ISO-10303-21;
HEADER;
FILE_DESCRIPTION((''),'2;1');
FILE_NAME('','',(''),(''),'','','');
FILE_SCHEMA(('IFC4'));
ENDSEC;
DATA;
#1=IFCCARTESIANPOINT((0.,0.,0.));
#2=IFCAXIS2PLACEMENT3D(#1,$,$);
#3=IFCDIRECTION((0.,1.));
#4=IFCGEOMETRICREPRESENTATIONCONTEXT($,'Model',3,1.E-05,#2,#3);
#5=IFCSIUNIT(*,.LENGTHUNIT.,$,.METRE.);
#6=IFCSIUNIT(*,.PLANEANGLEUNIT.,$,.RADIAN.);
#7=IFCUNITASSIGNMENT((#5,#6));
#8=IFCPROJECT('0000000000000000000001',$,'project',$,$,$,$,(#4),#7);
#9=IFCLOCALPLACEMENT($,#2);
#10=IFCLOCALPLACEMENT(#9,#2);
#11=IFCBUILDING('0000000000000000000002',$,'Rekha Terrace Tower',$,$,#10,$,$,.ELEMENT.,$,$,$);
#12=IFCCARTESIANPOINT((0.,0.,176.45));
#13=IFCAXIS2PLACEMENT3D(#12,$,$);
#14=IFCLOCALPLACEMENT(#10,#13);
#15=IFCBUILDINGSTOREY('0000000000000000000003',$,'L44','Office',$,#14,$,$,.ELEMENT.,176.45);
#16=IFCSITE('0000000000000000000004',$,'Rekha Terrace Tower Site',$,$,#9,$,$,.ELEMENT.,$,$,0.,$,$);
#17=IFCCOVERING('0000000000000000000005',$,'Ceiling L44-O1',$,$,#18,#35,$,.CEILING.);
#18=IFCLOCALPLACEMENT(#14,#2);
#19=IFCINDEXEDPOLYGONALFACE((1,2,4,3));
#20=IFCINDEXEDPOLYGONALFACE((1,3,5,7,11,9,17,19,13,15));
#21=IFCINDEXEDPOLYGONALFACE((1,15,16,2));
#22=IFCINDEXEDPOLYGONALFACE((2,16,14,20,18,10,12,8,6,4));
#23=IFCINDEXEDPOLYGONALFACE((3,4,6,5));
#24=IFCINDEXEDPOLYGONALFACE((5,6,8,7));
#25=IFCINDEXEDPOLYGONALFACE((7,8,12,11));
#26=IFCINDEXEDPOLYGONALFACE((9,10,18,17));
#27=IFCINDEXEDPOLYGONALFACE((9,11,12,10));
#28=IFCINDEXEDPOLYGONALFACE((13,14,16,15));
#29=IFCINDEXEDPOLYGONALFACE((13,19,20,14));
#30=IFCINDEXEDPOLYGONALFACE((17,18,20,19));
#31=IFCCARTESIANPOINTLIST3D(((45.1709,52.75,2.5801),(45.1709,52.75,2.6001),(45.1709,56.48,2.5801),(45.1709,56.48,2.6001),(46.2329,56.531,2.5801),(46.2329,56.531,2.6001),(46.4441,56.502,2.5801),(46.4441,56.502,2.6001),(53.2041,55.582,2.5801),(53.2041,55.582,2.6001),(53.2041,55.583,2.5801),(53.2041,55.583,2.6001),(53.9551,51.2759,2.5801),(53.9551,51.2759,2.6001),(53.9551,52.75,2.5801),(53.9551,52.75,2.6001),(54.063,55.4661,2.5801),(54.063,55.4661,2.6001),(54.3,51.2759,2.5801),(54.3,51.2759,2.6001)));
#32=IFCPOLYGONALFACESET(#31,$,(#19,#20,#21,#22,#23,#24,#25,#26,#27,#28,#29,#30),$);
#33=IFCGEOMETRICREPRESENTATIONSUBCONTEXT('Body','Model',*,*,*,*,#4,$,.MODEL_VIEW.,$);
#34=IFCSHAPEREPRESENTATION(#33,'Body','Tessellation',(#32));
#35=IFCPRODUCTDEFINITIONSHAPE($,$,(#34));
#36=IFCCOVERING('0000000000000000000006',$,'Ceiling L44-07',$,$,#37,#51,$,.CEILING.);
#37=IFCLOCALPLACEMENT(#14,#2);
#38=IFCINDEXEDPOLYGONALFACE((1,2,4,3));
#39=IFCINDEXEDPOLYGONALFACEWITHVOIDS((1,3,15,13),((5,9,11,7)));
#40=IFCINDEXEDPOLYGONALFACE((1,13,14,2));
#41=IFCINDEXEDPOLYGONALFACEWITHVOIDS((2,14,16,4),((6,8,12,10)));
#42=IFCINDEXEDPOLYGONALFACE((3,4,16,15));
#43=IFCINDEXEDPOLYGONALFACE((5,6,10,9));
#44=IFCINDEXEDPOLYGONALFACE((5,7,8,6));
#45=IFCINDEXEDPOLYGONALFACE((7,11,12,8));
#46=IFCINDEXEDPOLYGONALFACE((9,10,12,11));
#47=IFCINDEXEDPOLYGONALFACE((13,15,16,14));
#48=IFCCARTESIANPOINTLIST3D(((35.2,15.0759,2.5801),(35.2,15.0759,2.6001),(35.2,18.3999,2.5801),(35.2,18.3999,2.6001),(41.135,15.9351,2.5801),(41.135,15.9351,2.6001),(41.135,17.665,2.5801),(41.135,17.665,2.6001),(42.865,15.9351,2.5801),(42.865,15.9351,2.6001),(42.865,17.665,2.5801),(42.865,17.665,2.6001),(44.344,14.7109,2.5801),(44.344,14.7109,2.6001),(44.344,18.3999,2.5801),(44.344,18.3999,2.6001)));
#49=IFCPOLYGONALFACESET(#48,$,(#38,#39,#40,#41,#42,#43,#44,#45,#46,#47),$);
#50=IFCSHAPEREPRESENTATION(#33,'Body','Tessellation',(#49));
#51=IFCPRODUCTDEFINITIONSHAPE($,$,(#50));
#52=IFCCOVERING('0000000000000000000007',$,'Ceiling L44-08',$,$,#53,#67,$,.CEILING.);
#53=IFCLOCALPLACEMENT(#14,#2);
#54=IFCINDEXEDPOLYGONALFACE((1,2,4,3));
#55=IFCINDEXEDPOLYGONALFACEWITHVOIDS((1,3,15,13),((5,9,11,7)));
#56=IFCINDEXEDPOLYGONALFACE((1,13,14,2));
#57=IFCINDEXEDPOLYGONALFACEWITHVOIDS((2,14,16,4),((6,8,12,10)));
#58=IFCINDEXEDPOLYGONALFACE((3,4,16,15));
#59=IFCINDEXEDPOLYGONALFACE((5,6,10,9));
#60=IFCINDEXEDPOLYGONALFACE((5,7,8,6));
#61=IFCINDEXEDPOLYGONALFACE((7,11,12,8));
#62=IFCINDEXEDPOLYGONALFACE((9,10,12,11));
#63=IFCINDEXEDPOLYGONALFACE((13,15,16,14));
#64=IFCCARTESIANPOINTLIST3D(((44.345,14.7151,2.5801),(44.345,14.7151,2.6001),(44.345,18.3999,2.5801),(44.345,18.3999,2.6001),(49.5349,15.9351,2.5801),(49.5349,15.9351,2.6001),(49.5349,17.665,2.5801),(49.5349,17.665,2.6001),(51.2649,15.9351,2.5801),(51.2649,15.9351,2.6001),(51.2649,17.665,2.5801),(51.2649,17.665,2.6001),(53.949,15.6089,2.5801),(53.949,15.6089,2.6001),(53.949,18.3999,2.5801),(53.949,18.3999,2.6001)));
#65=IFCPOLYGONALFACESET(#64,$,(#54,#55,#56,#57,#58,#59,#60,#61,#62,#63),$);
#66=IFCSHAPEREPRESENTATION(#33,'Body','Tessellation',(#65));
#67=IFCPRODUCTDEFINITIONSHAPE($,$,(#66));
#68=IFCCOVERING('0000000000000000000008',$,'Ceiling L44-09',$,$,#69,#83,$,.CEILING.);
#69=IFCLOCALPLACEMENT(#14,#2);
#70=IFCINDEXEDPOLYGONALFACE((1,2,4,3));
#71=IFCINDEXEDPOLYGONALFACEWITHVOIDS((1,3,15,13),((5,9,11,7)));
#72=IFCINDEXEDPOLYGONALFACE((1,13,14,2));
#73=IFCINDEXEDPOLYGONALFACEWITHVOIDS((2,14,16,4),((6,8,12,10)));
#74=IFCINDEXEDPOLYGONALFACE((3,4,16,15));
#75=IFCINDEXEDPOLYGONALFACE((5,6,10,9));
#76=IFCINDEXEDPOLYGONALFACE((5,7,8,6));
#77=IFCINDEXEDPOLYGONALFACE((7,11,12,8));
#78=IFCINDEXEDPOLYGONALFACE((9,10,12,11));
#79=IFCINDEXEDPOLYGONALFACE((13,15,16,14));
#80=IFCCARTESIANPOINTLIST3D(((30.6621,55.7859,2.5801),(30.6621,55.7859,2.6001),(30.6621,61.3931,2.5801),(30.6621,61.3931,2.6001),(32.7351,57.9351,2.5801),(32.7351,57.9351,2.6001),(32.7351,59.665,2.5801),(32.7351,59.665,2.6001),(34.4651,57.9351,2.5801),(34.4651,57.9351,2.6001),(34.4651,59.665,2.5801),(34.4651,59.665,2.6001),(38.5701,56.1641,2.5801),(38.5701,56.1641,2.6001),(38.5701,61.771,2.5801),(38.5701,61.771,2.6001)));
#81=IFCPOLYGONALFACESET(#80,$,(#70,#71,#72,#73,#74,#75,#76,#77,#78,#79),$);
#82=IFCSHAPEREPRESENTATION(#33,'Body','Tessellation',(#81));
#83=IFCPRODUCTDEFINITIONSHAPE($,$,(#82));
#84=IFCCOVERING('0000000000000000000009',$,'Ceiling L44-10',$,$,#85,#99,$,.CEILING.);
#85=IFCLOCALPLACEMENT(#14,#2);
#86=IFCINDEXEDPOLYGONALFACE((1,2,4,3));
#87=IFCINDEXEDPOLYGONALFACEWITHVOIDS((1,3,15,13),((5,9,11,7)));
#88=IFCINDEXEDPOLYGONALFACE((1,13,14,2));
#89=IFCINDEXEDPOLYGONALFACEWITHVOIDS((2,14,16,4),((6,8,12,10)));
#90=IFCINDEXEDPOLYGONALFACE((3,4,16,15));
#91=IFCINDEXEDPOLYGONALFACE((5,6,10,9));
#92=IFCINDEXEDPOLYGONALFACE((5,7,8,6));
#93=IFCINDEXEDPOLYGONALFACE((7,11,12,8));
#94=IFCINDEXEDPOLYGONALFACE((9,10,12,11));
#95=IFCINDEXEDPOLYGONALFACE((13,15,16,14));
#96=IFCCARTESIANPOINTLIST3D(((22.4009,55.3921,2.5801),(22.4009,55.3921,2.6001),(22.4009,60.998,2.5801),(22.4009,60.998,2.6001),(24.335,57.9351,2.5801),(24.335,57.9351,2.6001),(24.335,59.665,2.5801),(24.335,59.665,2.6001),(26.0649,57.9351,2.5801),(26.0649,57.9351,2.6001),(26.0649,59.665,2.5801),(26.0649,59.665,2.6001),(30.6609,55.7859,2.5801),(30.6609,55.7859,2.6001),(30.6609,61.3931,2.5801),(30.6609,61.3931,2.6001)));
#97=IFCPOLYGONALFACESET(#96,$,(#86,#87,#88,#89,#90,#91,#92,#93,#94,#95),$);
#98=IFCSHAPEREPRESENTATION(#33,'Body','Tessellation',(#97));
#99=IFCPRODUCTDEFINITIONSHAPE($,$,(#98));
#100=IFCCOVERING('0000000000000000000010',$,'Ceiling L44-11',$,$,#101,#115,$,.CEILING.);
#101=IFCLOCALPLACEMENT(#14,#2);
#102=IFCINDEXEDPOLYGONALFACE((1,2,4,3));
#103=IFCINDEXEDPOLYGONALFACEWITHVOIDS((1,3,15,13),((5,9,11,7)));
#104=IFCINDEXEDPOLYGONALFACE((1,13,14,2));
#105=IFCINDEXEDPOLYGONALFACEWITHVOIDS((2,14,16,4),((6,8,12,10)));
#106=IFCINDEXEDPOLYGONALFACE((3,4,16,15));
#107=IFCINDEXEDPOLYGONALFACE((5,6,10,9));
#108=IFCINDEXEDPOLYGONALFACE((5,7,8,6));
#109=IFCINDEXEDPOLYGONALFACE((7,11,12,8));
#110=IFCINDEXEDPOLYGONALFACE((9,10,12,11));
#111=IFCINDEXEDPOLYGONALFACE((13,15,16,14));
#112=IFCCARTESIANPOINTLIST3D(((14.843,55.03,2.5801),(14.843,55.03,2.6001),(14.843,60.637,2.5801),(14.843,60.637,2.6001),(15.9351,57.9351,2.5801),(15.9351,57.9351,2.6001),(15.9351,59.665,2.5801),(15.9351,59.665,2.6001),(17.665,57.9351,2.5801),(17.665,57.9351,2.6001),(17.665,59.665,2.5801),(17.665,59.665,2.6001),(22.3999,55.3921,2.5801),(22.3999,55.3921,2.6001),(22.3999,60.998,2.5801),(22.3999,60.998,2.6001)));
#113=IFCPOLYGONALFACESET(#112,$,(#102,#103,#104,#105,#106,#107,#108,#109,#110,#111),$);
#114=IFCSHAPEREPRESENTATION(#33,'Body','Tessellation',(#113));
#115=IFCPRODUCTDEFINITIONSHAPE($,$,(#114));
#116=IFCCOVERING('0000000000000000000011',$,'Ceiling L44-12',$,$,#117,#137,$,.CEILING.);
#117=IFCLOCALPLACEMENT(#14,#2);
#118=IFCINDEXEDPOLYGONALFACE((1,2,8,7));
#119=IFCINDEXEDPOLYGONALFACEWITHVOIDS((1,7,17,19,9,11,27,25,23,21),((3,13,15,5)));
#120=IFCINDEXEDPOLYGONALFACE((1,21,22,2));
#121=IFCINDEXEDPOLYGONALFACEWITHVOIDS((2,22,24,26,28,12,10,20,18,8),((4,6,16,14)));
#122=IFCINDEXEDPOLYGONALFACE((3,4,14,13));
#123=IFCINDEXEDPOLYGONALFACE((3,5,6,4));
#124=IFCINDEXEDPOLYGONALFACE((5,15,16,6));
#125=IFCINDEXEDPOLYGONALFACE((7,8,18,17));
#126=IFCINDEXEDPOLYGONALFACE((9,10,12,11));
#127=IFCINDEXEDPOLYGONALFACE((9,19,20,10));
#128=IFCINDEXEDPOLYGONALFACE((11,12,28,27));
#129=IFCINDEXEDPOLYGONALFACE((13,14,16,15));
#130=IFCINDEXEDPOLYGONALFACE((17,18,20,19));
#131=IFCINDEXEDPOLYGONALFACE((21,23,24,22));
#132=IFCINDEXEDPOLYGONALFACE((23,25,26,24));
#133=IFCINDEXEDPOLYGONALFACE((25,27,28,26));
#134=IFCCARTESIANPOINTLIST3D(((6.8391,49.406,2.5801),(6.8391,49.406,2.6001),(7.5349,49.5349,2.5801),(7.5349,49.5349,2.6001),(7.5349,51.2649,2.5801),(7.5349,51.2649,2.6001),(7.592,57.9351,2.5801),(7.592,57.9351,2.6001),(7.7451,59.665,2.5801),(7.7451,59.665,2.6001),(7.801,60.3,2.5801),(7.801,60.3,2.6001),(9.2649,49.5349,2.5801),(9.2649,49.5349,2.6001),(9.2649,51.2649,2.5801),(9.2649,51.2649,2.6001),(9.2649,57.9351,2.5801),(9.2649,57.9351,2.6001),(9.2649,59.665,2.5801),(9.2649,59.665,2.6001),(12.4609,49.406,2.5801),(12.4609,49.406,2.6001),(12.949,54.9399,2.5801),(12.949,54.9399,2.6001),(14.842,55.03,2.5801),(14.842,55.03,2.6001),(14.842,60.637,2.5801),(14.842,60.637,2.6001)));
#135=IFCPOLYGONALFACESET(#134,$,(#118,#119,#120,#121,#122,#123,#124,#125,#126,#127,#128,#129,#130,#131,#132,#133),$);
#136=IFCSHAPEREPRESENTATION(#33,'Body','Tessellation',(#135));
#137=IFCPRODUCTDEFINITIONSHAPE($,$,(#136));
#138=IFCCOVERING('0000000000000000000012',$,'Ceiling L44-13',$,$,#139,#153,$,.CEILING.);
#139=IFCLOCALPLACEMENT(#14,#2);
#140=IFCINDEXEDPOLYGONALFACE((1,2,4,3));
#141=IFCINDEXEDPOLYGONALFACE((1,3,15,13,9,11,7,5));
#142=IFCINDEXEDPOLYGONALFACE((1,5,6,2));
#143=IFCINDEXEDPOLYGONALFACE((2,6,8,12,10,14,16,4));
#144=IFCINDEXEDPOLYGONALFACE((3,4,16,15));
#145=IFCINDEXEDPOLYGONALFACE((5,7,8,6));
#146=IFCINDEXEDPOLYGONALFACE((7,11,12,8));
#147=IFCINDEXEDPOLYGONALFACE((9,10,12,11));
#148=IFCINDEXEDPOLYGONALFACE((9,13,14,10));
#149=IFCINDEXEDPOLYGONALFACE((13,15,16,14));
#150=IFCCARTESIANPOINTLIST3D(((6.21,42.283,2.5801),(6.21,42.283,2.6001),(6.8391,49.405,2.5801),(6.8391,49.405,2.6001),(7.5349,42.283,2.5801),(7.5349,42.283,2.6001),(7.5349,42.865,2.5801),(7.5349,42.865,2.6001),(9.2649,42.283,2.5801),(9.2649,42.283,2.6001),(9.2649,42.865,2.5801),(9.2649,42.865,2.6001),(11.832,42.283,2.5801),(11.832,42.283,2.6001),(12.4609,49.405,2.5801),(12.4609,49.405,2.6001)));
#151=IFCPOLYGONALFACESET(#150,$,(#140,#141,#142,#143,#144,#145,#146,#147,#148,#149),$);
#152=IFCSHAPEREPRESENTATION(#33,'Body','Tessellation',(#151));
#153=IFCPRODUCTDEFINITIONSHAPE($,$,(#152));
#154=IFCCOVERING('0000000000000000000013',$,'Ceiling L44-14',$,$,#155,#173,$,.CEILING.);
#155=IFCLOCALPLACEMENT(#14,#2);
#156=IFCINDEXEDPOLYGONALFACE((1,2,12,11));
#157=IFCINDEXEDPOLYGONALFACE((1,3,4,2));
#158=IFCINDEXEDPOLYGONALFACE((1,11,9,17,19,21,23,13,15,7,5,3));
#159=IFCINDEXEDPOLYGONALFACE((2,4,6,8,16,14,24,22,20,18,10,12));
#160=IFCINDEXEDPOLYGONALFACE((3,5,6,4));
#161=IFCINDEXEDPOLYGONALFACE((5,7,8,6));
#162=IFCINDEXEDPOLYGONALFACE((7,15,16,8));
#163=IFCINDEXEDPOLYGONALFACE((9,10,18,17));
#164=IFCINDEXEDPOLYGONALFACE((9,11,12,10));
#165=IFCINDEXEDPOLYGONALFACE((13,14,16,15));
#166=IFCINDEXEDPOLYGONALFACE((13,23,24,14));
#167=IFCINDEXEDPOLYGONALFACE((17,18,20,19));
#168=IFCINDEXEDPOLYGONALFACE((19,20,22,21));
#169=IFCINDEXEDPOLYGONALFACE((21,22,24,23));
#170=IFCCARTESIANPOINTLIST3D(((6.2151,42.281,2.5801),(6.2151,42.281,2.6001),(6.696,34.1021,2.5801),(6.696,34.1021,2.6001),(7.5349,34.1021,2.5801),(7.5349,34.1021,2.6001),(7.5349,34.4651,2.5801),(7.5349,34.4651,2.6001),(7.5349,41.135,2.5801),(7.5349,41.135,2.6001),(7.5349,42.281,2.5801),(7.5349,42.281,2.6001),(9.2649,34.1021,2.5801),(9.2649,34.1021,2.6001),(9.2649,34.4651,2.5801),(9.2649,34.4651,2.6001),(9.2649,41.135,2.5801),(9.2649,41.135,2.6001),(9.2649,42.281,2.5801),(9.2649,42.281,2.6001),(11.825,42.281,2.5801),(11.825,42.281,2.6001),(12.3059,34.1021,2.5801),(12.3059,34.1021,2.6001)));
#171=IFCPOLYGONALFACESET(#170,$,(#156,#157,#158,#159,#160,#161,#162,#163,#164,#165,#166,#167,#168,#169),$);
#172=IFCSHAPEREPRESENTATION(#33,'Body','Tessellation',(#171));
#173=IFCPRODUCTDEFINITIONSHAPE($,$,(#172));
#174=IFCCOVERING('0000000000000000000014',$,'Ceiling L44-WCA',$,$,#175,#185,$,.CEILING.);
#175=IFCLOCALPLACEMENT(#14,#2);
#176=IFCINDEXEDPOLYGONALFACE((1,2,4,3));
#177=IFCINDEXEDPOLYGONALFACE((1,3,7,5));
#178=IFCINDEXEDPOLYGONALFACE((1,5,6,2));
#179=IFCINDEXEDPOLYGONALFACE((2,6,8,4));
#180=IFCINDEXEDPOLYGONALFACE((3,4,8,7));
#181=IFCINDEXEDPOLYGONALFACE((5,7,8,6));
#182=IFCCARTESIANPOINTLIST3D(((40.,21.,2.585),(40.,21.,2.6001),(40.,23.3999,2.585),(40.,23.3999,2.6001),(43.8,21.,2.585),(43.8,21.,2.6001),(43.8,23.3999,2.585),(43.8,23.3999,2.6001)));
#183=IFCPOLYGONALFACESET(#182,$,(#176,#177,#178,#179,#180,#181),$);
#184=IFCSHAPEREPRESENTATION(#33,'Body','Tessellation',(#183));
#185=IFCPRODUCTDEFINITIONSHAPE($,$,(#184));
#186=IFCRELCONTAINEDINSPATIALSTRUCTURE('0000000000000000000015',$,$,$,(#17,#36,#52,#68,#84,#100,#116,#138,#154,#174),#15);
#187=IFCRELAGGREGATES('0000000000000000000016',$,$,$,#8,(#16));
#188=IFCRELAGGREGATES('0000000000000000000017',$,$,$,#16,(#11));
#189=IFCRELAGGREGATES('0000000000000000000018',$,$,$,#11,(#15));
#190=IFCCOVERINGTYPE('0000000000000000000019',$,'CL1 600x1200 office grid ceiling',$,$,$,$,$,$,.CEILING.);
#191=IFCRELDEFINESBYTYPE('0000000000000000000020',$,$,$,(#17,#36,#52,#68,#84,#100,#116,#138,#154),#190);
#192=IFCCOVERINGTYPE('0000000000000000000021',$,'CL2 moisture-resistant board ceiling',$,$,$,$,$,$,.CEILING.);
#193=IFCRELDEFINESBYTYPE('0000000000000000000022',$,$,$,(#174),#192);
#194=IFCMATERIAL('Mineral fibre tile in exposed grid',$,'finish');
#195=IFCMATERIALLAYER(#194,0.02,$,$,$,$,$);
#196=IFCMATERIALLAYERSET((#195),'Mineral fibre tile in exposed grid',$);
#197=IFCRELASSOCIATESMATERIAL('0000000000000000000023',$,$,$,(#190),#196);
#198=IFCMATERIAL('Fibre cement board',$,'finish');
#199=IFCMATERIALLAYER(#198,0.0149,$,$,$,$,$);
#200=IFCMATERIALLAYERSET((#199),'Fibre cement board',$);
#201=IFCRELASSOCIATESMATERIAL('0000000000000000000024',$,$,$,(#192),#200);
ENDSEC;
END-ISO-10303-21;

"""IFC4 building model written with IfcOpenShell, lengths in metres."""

from ifc_helpers import new_model, si_unit, direction, frame, origin, place, context, subcontext, project, spatial, polyline, outline, extrude, material, layer, layer_set, type_object, element, save


model = new_model("IFC4")

# Units and contexts
model_context = context("Model", 3, precision=1e-05, world=origin(), true_north=direction((0.0, 1.0)))
body_context = subcontext(model_context, "Body", "Model", "MODEL_VIEW")
ifc_project = project(units=[si_unit("LENGTHUNIT", "METRE"), si_unit("PLANEANGLEUNIT", "RADIAN")], contexts=[model_context])

# Site, building, storey
site_placement = place(None, origin())
site = spatial("IfcSite", under=ifc_project, at=site_placement, Name="Rekha Terrace Tower Site", CompositionType="ELEMENT", RefElevation=0.0)
building_placement = place(site_placement, origin())
building = spatial("IfcBuilding", under=site, at=building_placement, Name="Rekha Terrace Tower", CompositionType="ELEMENT")
storey_placement = place(building_placement, frame((0.0, 0.0, 176.45)))
storey = spatial("IfcBuildingStorey", under=building, at=storey_placement, Name="L44", Description="Office", CompositionType="ELEMENT", Elevation=176.45)

# Coverings
ifc_material_1 = material(Name="Mineral fibre tile in exposed grid", Category="finish")
ifc_layer_1 = layer(ifc_material_1, 0.02)
ifc_layer_set_1 = layer_set([ifc_layer_1], Name="Mineral fibre tile in exposed grid")
covering_type_1 = type_object("IfcCoveringType", Name="CL1 600x1200 office grid ceiling", PredefinedType="CEILING", material=ifc_layer_set_1)
covering_1_placement = place(storey_placement, frame((0.0, 0.0, 2.5801)))
element("IfcCovering", 1, at=covering_1_placement, inside=storey, type_object=covering_type_1, Name="Ceiling L44-O1", PredefinedType="CEILING", context=body_context, shape_type="SweptSolid", body=[
    extrude(outline(polyline([(53.2041, 55.583), (46.4441, 56.502), (46.2329, 56.531), (45.1709, 56.48), (45.1709, 52.75), (53.9551, 52.75), (53.9551, 51.2759), (54.3, 51.2759), (54.063, 55.4661), (53.2041, 55.582), (53.2041, 55.583)])), origin(), (0.0, 0.0, 1.0), 0.02),
])
covering_2_placement = place(storey_placement, frame((0.0, 0.0, 2.5801)))
element("IfcCovering", 2, at=covering_2_placement, inside=storey, type_object=covering_type_1, Name="Ceiling L44-07", PredefinedType="CEILING", context=body_context, shape_type="SweptSolid", body=[
    extrude(outline(polyline([(44.344, 18.3999), (35.2, 18.3999), (35.2, 15.0759), (44.344, 14.7109), (44.344, 18.3999)]), holes=[polyline([(42.865, 17.665), (42.865, 15.9351), (41.135, 15.9351), (41.135, 17.665), (42.865, 17.665)])]), origin(), (0.0, 0.0, 1.0), 0.02),
])
covering_3_placement = place(storey_placement, frame((0.0, 0.0, 2.5801)))
element("IfcCovering", 3, at=covering_3_placement, inside=storey, type_object=covering_type_1, Name="Ceiling L44-08", PredefinedType="CEILING", context=body_context, shape_type="SweptSolid", body=[
    extrude(outline(polyline([(44.345, 18.3999), (44.345, 14.7151), (53.949, 15.6089), (53.949, 18.3999), (44.345, 18.3999)]), holes=[polyline([(51.2649, 15.9351), (49.5349, 15.9351), (49.5349, 17.665), (51.2649, 17.665), (51.2649, 15.9351)])]), origin(), (0.0, 0.0, 1.0), 0.02),
])
covering_4_placement = place(storey_placement, frame((0.0, 0.0, 2.5801)))
element("IfcCovering", 4, at=covering_4_placement, inside=storey, type_object=covering_type_1, Name="Ceiling L44-09", PredefinedType="CEILING", context=body_context, shape_type="SweptSolid", body=[
    extrude(outline(polyline([(30.6621, 61.3931), (30.6621, 55.7859), (38.5701, 56.1641), (38.5701, 61.771), (30.6621, 61.3931)]), holes=[polyline([(34.4651, 57.9351), (32.7351, 57.9351), (32.7351, 59.665), (34.4651, 59.665), (34.4651, 57.9351)])]), origin(), (0.0, 0.0, 1.0), 0.02),
])
covering_5_placement = place(storey_placement, frame((0.0, 0.0, 2.5801)))
element("IfcCovering", 5, at=covering_5_placement, inside=storey, type_object=covering_type_1, Name="Ceiling L44-10", PredefinedType="CEILING", context=body_context, shape_type="SweptSolid", body=[
    extrude(outline(polyline([(22.4009, 60.998), (22.4009, 55.3921), (30.6609, 55.7859), (30.6609, 61.3931), (22.4009, 60.998)]), holes=[polyline([(26.0649, 57.9351), (24.335, 57.9351), (24.335, 59.665), (26.0649, 59.665), (26.0649, 57.9351)])]), origin(), (0.0, 0.0, 1.0), 0.02),
])
covering_6_placement = place(storey_placement, frame((0.0, 0.0, 2.5801)))
element("IfcCovering", 6, at=covering_6_placement, inside=storey, type_object=covering_type_1, Name="Ceiling L44-11", PredefinedType="CEILING", context=body_context, shape_type="SweptSolid", body=[
    extrude(outline(polyline([(14.843, 60.637), (14.843, 55.03), (22.3999, 55.3921), (22.3999, 60.998), (14.843, 60.637)]), holes=[polyline([(17.665, 59.665), (17.665, 57.9351), (15.9351, 57.9351), (15.9351, 59.665), (17.665, 59.665)])]), origin(), (0.0, 0.0, 1.0), 0.02),
])
covering_7_placement = place(storey_placement, frame((0.0, 0.0, 2.5801)))
element("IfcCovering", 7, at=covering_7_placement, inside=storey, type_object=covering_type_1, Name="Ceiling L44-12", PredefinedType="CEILING", context=body_context, shape_type="SweptSolid", body=[
    extrude(outline(polyline([(12.949, 54.9399), (14.842, 55.03), (14.842, 60.637), (7.801, 60.3), (7.7451, 59.665), (9.2649, 59.665), (9.2649, 57.9351), (7.592, 57.9351), (6.8391, 49.406), (12.4609, 49.406), (12.949, 54.9399)]), holes=[polyline([(9.2649, 49.5349), (7.5349, 49.5349), (7.5349, 51.2649), (9.2649, 51.2649), (9.2649, 49.5349)])]), origin(), (0.0, 0.0, 1.0), 0.02),
])
covering_8_placement = place(storey_placement, frame((0.0, 0.0, 2.5801)))
element("IfcCovering", 8, at=covering_8_placement, inside=storey, type_object=covering_type_1, Name="Ceiling L44-13", PredefinedType="CEILING", context=body_context, shape_type="SweptSolid", body=[
    extrude(outline(polyline([(11.832, 42.283), (12.4609, 49.405), (6.8391, 49.405), (6.21, 42.283), (7.5349, 42.283), (7.5349, 42.865), (9.2649, 42.865), (9.2649, 42.283), (11.832, 42.283)])), origin(), (0.0, 0.0, 1.0), 0.02),
])
covering_9_placement = place(storey_placement, frame((0.0, 0.0, 2.5801)))
element("IfcCovering", 9, at=covering_9_placement, inside=storey, type_object=covering_type_1, Name="Ceiling L44-14", PredefinedType="CEILING", context=body_context, shape_type="SweptSolid", body=[
    extrude(outline(polyline([(9.2649, 34.1021), (12.3059, 34.1021), (11.825, 42.281), (9.2649, 42.281), (9.2649, 41.135), (7.5349, 41.135), (7.5349, 42.281), (6.2151, 42.281), (6.696, 34.1021), (7.5349, 34.1021), (7.5349, 34.4651), (9.2649, 34.4651), (9.2649, 34.1021)])), origin(), (0.0, 0.0, 1.0), 0.02),
])
ifc_material_2 = material(Name="Fibre cement board", Category="finish")
ifc_layer_2 = layer(ifc_material_2, 0.0149)
ifc_layer_set_2 = layer_set([ifc_layer_2], Name="Fibre cement board")
covering_type_2 = type_object("IfcCoveringType", Name="CL2 moisture-resistant board ceiling", PredefinedType="CEILING", material=ifc_layer_set_2)
covering_10_placement = place(storey_placement, frame((0.0, 0.0, 2.585)))
element("IfcCovering", 10, at=covering_10_placement, inside=storey, type_object=covering_type_2, Name="Ceiling L44-WCA", PredefinedType="CEILING", context=body_context, shape_type="SweptSolid", body=[
    extrude(outline(polyline([(43.8, 23.3999), (40.0, 23.3999), (40.0, 21.0), (43.8, 21.0), (43.8, 23.3999)])), origin(), (0.0, 0.0, 1.0), 0.0151),
])

save(model, "model.ifc")
